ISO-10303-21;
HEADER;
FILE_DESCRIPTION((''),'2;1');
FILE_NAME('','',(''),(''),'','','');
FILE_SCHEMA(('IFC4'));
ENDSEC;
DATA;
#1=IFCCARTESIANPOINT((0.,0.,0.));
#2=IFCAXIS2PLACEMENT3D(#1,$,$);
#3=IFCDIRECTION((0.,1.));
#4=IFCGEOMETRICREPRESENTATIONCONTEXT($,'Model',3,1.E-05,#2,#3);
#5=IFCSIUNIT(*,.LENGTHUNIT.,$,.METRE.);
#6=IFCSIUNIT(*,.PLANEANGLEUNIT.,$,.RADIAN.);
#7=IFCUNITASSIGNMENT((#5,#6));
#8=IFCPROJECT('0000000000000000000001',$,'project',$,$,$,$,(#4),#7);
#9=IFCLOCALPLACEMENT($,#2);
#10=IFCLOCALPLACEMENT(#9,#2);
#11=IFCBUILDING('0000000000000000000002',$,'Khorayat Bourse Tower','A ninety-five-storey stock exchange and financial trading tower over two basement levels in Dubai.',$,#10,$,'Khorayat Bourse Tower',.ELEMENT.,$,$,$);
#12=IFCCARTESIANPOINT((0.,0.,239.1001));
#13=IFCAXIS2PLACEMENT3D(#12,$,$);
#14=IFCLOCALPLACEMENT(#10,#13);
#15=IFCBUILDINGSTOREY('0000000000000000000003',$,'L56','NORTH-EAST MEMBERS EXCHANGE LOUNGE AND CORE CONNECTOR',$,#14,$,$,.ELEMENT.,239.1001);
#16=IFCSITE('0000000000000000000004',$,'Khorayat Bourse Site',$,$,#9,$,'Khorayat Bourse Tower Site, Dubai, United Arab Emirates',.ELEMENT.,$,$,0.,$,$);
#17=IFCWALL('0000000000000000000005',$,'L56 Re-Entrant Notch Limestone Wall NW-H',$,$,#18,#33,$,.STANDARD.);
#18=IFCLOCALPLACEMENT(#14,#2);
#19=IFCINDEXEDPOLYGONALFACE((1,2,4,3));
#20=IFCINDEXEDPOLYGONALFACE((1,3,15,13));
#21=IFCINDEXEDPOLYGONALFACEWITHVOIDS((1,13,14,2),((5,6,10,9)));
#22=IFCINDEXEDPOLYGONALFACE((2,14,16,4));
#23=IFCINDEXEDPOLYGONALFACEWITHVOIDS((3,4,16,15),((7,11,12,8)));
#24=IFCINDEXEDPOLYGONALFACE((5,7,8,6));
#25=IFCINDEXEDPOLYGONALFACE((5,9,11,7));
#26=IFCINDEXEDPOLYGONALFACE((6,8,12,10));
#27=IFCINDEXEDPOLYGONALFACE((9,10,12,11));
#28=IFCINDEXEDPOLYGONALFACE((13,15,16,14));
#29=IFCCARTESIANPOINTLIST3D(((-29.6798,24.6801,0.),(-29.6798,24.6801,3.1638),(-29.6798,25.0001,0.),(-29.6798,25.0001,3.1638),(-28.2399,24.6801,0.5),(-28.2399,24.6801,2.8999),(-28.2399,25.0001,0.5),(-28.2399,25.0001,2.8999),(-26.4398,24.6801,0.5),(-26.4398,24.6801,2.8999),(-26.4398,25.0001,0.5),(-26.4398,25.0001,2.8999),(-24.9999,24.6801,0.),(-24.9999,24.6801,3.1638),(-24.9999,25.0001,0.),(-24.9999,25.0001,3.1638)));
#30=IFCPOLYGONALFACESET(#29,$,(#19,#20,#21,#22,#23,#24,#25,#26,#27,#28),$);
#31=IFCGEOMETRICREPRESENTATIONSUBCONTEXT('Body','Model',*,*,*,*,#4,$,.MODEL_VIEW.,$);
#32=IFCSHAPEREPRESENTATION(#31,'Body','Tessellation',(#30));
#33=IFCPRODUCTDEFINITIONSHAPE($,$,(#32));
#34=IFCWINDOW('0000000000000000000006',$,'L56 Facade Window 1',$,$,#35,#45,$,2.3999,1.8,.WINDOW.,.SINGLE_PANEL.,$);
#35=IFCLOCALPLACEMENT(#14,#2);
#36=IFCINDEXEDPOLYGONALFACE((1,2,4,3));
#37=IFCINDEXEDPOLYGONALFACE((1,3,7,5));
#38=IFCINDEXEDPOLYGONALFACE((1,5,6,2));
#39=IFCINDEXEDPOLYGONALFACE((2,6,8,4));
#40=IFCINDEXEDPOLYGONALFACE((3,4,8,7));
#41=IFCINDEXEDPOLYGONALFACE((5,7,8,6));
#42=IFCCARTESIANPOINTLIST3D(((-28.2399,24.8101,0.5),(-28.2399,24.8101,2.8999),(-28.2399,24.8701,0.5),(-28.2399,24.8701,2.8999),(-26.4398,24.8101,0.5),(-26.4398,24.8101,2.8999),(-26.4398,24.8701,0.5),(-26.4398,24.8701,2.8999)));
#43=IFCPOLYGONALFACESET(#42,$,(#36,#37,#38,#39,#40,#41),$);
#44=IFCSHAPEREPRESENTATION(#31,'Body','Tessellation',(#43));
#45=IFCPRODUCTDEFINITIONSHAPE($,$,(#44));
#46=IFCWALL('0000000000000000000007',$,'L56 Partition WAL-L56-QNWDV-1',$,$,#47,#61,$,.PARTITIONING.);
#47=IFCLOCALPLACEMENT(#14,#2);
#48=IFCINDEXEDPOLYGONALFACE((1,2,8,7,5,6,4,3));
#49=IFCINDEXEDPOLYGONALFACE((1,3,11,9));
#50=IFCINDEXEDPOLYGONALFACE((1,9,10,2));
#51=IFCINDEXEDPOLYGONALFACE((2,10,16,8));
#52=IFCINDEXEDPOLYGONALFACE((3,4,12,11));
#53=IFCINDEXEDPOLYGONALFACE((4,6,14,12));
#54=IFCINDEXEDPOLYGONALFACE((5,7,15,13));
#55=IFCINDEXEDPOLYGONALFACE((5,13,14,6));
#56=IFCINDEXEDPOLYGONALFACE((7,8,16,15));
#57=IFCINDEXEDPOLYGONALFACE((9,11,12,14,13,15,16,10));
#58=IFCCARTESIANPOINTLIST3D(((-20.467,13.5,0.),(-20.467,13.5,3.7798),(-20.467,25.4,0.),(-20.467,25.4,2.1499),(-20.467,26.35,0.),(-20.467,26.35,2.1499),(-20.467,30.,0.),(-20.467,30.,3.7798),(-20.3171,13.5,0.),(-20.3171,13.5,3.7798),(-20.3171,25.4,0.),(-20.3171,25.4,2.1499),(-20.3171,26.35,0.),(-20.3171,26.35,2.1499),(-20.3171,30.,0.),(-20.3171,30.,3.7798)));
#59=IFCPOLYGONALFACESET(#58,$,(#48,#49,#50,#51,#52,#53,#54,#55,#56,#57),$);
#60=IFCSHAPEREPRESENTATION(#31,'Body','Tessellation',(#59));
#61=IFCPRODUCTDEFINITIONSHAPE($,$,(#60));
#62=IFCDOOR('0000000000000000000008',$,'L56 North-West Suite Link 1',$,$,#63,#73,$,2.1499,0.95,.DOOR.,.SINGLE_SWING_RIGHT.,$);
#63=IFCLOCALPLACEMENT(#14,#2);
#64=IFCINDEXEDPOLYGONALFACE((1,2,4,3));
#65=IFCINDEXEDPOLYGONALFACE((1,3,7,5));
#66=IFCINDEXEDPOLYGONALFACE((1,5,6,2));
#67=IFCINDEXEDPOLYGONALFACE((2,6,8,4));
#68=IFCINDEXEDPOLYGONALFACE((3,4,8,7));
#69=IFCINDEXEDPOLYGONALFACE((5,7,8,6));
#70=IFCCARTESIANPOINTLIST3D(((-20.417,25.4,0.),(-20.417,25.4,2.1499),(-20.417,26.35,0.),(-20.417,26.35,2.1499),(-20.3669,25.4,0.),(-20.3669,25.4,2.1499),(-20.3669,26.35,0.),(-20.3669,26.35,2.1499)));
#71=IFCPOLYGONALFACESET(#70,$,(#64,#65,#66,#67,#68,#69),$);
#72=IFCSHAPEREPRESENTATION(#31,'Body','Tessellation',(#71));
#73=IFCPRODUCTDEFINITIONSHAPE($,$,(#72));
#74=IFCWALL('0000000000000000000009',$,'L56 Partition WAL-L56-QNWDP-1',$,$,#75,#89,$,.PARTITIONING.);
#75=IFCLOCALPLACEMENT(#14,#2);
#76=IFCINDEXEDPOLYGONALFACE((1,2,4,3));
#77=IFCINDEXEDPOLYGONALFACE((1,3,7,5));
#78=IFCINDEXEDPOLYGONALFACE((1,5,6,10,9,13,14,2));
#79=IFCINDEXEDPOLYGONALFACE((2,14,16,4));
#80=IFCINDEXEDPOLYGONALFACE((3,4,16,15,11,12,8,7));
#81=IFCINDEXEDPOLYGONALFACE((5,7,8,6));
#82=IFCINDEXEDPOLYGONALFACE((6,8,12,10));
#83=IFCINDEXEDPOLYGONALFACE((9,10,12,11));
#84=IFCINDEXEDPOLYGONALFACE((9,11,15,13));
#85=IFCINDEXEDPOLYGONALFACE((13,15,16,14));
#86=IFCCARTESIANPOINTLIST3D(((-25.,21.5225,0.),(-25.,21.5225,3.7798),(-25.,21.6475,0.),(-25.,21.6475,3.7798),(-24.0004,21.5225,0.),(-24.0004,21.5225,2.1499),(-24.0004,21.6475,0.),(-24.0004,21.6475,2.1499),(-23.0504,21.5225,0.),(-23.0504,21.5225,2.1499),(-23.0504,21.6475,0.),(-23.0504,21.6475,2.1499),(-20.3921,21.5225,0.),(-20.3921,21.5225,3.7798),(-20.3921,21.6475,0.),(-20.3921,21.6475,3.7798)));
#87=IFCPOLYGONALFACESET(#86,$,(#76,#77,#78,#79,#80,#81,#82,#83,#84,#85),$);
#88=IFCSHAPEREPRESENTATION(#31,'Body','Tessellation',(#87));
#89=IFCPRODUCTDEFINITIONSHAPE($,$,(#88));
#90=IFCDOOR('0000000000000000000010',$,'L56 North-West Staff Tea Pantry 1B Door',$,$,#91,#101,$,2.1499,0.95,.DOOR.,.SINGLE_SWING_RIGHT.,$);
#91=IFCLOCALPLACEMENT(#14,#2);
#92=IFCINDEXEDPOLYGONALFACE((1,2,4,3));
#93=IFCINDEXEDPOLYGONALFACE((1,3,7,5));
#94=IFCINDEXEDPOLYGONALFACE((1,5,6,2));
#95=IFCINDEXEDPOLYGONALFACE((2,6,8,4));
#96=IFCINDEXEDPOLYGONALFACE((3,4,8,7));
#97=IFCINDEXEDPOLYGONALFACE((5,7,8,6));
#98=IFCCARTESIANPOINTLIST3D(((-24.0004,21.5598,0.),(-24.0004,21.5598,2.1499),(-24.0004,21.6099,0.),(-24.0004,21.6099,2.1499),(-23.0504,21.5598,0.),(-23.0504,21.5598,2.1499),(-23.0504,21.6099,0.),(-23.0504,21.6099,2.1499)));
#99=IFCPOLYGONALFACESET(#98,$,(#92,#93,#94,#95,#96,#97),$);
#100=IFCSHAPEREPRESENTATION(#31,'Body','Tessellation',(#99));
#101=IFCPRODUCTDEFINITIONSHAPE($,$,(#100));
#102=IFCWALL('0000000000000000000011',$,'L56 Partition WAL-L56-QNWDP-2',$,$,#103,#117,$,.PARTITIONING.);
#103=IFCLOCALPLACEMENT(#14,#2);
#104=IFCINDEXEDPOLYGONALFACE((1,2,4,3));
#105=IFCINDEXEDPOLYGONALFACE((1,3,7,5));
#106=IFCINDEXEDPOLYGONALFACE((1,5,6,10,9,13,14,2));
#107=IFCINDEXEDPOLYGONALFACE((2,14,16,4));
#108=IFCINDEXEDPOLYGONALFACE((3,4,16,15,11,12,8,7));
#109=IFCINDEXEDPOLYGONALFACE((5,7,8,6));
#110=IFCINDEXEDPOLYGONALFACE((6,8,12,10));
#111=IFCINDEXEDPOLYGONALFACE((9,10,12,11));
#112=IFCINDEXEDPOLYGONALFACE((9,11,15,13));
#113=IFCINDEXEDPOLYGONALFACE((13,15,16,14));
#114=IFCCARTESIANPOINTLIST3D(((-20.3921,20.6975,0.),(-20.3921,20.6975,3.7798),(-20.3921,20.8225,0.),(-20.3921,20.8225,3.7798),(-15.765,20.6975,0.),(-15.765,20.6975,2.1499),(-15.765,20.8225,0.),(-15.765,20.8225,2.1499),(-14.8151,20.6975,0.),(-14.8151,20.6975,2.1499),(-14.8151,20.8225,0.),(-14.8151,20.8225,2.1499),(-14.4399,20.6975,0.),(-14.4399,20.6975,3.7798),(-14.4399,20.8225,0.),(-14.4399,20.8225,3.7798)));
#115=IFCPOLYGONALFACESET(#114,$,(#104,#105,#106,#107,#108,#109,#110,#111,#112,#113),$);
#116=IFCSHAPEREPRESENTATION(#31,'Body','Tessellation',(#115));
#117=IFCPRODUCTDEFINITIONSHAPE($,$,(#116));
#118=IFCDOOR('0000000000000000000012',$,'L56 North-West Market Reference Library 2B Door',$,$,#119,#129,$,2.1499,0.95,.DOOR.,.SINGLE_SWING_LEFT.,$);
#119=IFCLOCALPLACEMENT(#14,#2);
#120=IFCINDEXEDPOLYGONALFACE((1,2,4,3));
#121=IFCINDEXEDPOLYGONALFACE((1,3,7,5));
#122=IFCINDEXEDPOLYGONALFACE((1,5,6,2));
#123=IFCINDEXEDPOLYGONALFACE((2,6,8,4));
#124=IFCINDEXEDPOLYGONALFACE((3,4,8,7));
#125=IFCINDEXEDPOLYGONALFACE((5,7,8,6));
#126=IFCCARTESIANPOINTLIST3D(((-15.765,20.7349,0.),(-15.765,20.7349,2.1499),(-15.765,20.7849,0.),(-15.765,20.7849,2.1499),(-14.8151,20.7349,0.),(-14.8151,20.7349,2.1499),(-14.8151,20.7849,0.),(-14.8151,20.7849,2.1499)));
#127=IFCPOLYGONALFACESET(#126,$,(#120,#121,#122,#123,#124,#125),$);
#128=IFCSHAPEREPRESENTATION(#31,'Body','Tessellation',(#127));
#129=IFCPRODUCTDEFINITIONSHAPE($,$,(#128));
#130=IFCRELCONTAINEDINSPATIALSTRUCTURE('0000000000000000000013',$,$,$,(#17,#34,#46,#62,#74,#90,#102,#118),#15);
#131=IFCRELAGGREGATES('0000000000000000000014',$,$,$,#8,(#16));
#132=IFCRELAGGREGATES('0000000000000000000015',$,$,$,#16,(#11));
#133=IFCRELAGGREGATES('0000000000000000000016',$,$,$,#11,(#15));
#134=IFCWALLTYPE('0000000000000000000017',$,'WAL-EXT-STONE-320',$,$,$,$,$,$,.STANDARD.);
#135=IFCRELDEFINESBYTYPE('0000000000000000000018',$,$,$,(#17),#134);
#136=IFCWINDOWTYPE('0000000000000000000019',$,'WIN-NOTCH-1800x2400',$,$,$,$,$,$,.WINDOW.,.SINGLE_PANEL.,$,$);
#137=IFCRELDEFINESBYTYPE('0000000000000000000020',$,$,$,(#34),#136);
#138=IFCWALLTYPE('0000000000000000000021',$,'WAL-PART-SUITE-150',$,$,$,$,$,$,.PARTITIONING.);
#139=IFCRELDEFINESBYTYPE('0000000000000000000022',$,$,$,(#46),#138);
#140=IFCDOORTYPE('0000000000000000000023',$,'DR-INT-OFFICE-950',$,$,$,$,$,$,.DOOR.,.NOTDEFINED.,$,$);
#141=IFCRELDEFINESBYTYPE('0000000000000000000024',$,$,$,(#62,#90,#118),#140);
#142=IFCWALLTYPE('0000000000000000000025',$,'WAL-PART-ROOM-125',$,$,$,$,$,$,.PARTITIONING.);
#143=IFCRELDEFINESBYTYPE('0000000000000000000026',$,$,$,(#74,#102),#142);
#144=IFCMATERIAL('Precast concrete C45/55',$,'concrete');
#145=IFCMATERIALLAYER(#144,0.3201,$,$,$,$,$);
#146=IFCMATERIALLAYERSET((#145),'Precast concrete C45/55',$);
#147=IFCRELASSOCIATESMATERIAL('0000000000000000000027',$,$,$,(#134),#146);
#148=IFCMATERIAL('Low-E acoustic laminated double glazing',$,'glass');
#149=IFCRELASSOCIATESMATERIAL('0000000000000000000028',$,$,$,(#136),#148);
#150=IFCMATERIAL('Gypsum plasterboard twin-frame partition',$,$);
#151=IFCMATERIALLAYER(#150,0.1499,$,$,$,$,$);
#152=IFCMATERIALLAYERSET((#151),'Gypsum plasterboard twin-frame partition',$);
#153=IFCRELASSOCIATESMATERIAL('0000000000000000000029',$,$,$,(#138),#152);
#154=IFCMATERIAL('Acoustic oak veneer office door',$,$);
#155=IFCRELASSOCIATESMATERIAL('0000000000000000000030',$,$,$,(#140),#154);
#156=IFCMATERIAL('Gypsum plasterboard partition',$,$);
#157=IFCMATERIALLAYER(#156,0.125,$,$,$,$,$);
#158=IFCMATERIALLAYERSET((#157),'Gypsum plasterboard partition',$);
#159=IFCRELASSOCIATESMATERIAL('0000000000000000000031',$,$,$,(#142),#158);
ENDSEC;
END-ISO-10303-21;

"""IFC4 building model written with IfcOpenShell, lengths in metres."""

from ifc_helpers import new_model, si_unit, direction, frame, frame_2d, origin, place, context, subcontext, project, spatial, rectangle, extrude, source, transform, mapped, material, layer, layer_set, type_object, element, fill, save


model = new_model("IFC4")

# Units and contexts
model_context = context("Model", 3, precision=1e-05, world=origin(), true_north=direction((0.0, 1.0)))
body_context = subcontext(model_context, "Body", "Model", "MODEL_VIEW")
ifc_project = project(units=[si_unit("LENGTHUNIT", "METRE"), si_unit("PLANEANGLEUNIT", "RADIAN")], contexts=[model_context])

# Site, building, storey
site_placement = place(None, origin())
site = spatial("IfcSite", under=ifc_project, at=site_placement, Name="Khorayat Bourse Site", LongName="Khorayat Bourse Tower Site, Dubai, United Arab Emirates", CompositionType="ELEMENT", RefElevation=0.0)
building_placement = place(site_placement, origin())
building = spatial("IfcBuilding", under=site, at=building_placement, Name="Khorayat Bourse Tower", Description="A ninety-five-storey stock exchange and financial trading tower over two basement levels in Dubai.", LongName="Khorayat Bourse Tower", CompositionType="ELEMENT")
storey_placement = place(building_placement, frame((0.0, 0.0, 239.1001)))
storey = spatial("IfcBuildingStorey", under=building, at=storey_placement, Name="L56", Description="NORTH-EAST MEMBERS EXCHANGE LOUNGE AND CORE CONNECTOR", CompositionType="ELEMENT", Elevation=239.1001)

# Wall, opening, window
ifc_material_1 = material(Name="Precast concrete C45/55", Category="concrete")
ifc_layer_1 = layer(ifc_material_1, 0.3201)
ifc_layer_set_1 = layer_set([ifc_layer_1], Name="Precast concrete C45/55")
wall_type_1 = type_object("IfcWallType", Name="WAL-EXT-STONE-320", PredefinedType="STANDARD", material=ifc_layer_set_1)
shared_shape_1 = source(origin(), body_context, "Body", "SweptSolid", [
    extrude(rectangle(XDim=4.6799, YDim=0.3201, at=frame_2d((2.3398, 0.0))), origin(), (0.0, 0.0, 1.0), 3.1638),
])
shared_shape_2 = source(origin(), body_context, "Body", "SweptSolid", [
    extrude(rectangle(XDim=1.8, YDim=2.3999, at=frame_2d((0.8999, 1.2))), frame((0.0, 0.1699, 0.0), z_axis=(0.0, -1.0, 0.0), x_axis=(1.0, 0.0, 0.0)), (0.0, 0.0, 1.0), 0.3401),
])
ifc_material_2 = material(Name="Low-E acoustic laminated double glazing", Category="glass")
window_type = type_object("IfcWindowType", Name="WIN-NOTCH-1800x2400", PartitioningType="SINGLE_PANEL", PredefinedType="WINDOW", material=ifc_material_2)
shared_shape_3 = source(origin(), body_context, "Body", "SweptSolid", [
    extrude(rectangle(XDim=1.8, YDim=2.3999, at=frame_2d((0.8999, 1.2))), frame((0.0, 0.03, 0.0), z_axis=(0.0, -1.0, 0.0), x_axis=(1.0, 0.0, 0.0)), (0.0, 0.0, 1.0), 0.0601),
])
wall_1_placement = place(storey_placement, frame((-25.0, 24.8401, 0.0), z_axis=(0.0, 0.0, 1.0), x_axis=(-1.0, 0.0, 0.0)))
wall_1 = element("IfcWall", 1, at=wall_1_placement, inside=storey, type_object=wall_type_1, Name="L56 Re-Entrant Notch Limestone Wall NW-H", PredefinedType="STANDARD", context=body_context, shape_type="MappedRepresentation", body=[
    mapped(shared_shape_1, transform((0.0, 0.0, 0.0), scale=1.0)),
])
opening_1_placement = place(wall_1_placement, frame((1.4399, 0.0, 0.5)))
opening_1 = element("IfcOpeningElement", 2, at=opening_1_placement, cuts=wall_1, PredefinedType="OPENING", context=body_context, shape_type="MappedRepresentation", body=[
    mapped(shared_shape_2, transform((0.0, 0.0, 0.0), scale=1.0)),
])
window_1_placement = place(opening_1_placement, origin())
window_1 = element("IfcWindow", 3, at=window_1_placement, inside=storey, type_object=window_type, Name="L56 Facade Window 1", OverallHeight=2.3999, OverallWidth=1.8, PartitioningType="SINGLE_PANEL", PredefinedType="WINDOW", context=body_context, shape_type="MappedRepresentation", body=[
    mapped(shared_shape_3, transform((0.0, 0.0, 0.0), scale=1.0)),
])
fill(opening_1, window_1)

# Walls, openings, doors
ifc_material_3 = material(Name="Gypsum plasterboard twin-frame partition")
ifc_layer_2 = layer(ifc_material_3, 0.1499)
ifc_layer_set_2 = layer_set([ifc_layer_2], Name="Gypsum plasterboard twin-frame partition")
wall_type_2 = type_object("IfcWallType", Name="WAL-PART-SUITE-150", PredefinedType="PARTITIONING", material=ifc_layer_set_2)
shared_shape_4 = source(origin(), body_context, "Body", "SweptSolid", [
    extrude(rectangle(XDim=16.5, YDim=0.1499, at=frame_2d((8.25, 0.0))), origin(), (0.0, 0.0, 1.0), 3.7798),
])
wall_2_placement = place(storey_placement, frame((-20.3921, 13.5, 0.0), z_axis=(0.0, 0.0, 1.0), x_axis=(0.0, 1.0, 0.0)))
wall_2 = element("IfcWall", 4, at=wall_2_placement, inside=storey, type_object=wall_type_2, Name="L56 Partition WAL-L56-QNWDV-1", PredefinedType="PARTITIONING", context=body_context, shape_type="MappedRepresentation", body=[
    mapped(shared_shape_4, transform((0.0, 0.0, 0.0), scale=1.0)),
])
shared_shape_5 = source(origin(), body_context, "Body", "SweptSolid", [
    extrude(rectangle(XDim=0.95, YDim=2.1499, at=frame_2d((0.4751, 1.075))), frame((0.0, 0.085, 0.0), z_axis=(0.0, -1.0, 0.0), x_axis=(1.0, 0.0, 0.0)), (0.0, 0.0, 1.0), 0.1699),
])
opening_2_placement = place(wall_2_placement, frame((11.8999, 0.0, 0.0)))
opening_2 = element("IfcOpeningElement", 5, at=opening_2_placement, cuts=wall_2, PredefinedType="OPENING", context=body_context, shape_type="MappedRepresentation", body=[
    mapped(shared_shape_5, transform((0.0, 0.0, 0.0), scale=1.0)),
])
ifc_material_4 = material(Name="Acoustic oak veneer office door")
door_type = type_object("IfcDoorType", Name="DR-INT-OFFICE-950", OperationType="NOTDEFINED", PredefinedType="DOOR", material=ifc_material_4)
shared_shape_6 = source(origin(), body_context, "Body", "SweptSolid", [
    extrude(rectangle(XDim=0.95, YDim=2.1499, at=frame_2d((0.4751, 1.075))), frame((0.0, 0.0249, 0.0), z_axis=(0.0, -1.0, 0.0), x_axis=(1.0, 0.0, 0.0)), (0.0, 0.0, 1.0), 0.05),
])
door_1_placement = place(opening_2_placement, origin())
door_1 = element("IfcDoor", 6, at=door_1_placement, inside=storey, type_object=door_type, Name="L56 North-West Suite Link 1", OperationType="SINGLE_SWING_RIGHT", OverallHeight=2.1499, OverallWidth=0.95, PredefinedType="DOOR", context=body_context, shape_type="MappedRepresentation", body=[
    mapped(shared_shape_6, transform((0.0, 0.0, 0.0), scale=1.0)),
])
fill(opening_2, door_1)
ifc_material_5 = material(Name="Gypsum plasterboard partition")
ifc_layer_3 = layer(ifc_material_5, 0.125)
ifc_layer_set_3 = layer_set([ifc_layer_3], Name="Gypsum plasterboard partition")
wall_type_3 = type_object("IfcWallType", Name="WAL-PART-ROOM-125", PredefinedType="PARTITIONING", material=ifc_layer_set_3)
shared_shape_7 = source(origin(), body_context, "Body", "SweptSolid", [
    extrude(rectangle(XDim=4.6079, YDim=0.125, at=frame_2d((2.304, 0.0))), origin(), (0.0, 0.0, 1.0), 3.7798),
])
wall_3_placement = place(storey_placement, frame((-25.0, 21.585, 0.0), z_axis=(0.0, 0.0, 1.0), x_axis=(1.0, 0.0, 0.0)))
wall_3 = element("IfcWall", 7, at=wall_3_placement, inside=storey, type_object=wall_type_3, Name="L56 Partition WAL-L56-QNWDP-1", PredefinedType="PARTITIONING", context=body_context, shape_type="MappedRepresentation", body=[
    mapped(shared_shape_7, transform((0.0, 0.0, 0.0), scale=1.0)),
])
shared_shape_8 = source(origin(), body_context, "Body", "SweptSolid", [
    extrude(rectangle(XDim=0.95, YDim=2.1499, at=frame_2d((0.4751, 1.075))), frame((0.0, 0.0725, 0.0), z_axis=(0.0, -1.0, 0.0), x_axis=(1.0, 0.0, 0.0)), (0.0, 0.0, 1.0), 0.145),
])
opening_3_placement = place(wall_3_placement, frame((0.9995, 0.0, 0.0)))
opening_3 = element("IfcOpeningElement", 8, at=opening_3_placement, cuts=wall_3, PredefinedType="OPENING", context=body_context, shape_type="MappedRepresentation", body=[
    mapped(shared_shape_8, transform((0.0, 0.0, 0.0), scale=1.0)),
])
door_2_placement = place(opening_3_placement, origin())
door_2 = element("IfcDoor", 9, at=door_2_placement, inside=storey, type_object=door_type, Name="L56 North-West Staff Tea Pantry 1B Door", OperationType="SINGLE_SWING_RIGHT", OverallHeight=2.1499, OverallWidth=0.95, PredefinedType="DOOR", context=body_context, shape_type="MappedRepresentation", body=[
    mapped(shared_shape_6, transform((0.0, 0.0, 0.0), scale=1.0)),
])
fill(opening_3, door_2)
shared_shape_9 = source(origin(), body_context, "Body", "SweptSolid", [
    extrude(rectangle(XDim=5.9521, YDim=0.125, at=frame_2d((2.9761, 0.0))), origin(), (0.0, 0.0, 1.0), 3.7798),
])
wall_4_placement = place(storey_placement, frame((-20.3921, 20.76, 0.0), z_axis=(0.0, 0.0, 1.0), x_axis=(1.0, 0.0, 0.0)))
wall_4 = element("IfcWall", 10, at=wall_4_placement, inside=storey, type_object=wall_type_3, Name="L56 Partition WAL-L56-QNWDP-2", PredefinedType="PARTITIONING", context=body_context, shape_type="MappedRepresentation", body=[
    mapped(shared_shape_9, transform((0.0, 0.0, 0.0), scale=1.0)),
])
opening_4_placement = place(wall_4_placement, frame((4.627, 0.0, 0.0)))
opening_4 = element("IfcOpeningElement", 11, at=opening_4_placement, cuts=wall_4, PredefinedType="OPENING", context=body_context, shape_type="MappedRepresentation", body=[
    mapped(shared_shape_8, transform((0.0, 0.0, 0.0), scale=1.0)),
])
door_3_placement = place(opening_4_placement, origin())
door_3 = element("IfcDoor", 12, at=door_3_placement, inside=storey, type_object=door_type, Name="L56 North-West Market Reference Library 2B Door", OperationType="SINGLE_SWING_LEFT", OverallHeight=2.1499, OverallWidth=0.95, PredefinedType="DOOR", context=body_context, shape_type="MappedRepresentation", body=[
    mapped(shared_shape_6, transform((0.0, 0.0, 0.0), scale=1.0)),
])
fill(opening_4, door_3)

save(model, "model.ifc")
